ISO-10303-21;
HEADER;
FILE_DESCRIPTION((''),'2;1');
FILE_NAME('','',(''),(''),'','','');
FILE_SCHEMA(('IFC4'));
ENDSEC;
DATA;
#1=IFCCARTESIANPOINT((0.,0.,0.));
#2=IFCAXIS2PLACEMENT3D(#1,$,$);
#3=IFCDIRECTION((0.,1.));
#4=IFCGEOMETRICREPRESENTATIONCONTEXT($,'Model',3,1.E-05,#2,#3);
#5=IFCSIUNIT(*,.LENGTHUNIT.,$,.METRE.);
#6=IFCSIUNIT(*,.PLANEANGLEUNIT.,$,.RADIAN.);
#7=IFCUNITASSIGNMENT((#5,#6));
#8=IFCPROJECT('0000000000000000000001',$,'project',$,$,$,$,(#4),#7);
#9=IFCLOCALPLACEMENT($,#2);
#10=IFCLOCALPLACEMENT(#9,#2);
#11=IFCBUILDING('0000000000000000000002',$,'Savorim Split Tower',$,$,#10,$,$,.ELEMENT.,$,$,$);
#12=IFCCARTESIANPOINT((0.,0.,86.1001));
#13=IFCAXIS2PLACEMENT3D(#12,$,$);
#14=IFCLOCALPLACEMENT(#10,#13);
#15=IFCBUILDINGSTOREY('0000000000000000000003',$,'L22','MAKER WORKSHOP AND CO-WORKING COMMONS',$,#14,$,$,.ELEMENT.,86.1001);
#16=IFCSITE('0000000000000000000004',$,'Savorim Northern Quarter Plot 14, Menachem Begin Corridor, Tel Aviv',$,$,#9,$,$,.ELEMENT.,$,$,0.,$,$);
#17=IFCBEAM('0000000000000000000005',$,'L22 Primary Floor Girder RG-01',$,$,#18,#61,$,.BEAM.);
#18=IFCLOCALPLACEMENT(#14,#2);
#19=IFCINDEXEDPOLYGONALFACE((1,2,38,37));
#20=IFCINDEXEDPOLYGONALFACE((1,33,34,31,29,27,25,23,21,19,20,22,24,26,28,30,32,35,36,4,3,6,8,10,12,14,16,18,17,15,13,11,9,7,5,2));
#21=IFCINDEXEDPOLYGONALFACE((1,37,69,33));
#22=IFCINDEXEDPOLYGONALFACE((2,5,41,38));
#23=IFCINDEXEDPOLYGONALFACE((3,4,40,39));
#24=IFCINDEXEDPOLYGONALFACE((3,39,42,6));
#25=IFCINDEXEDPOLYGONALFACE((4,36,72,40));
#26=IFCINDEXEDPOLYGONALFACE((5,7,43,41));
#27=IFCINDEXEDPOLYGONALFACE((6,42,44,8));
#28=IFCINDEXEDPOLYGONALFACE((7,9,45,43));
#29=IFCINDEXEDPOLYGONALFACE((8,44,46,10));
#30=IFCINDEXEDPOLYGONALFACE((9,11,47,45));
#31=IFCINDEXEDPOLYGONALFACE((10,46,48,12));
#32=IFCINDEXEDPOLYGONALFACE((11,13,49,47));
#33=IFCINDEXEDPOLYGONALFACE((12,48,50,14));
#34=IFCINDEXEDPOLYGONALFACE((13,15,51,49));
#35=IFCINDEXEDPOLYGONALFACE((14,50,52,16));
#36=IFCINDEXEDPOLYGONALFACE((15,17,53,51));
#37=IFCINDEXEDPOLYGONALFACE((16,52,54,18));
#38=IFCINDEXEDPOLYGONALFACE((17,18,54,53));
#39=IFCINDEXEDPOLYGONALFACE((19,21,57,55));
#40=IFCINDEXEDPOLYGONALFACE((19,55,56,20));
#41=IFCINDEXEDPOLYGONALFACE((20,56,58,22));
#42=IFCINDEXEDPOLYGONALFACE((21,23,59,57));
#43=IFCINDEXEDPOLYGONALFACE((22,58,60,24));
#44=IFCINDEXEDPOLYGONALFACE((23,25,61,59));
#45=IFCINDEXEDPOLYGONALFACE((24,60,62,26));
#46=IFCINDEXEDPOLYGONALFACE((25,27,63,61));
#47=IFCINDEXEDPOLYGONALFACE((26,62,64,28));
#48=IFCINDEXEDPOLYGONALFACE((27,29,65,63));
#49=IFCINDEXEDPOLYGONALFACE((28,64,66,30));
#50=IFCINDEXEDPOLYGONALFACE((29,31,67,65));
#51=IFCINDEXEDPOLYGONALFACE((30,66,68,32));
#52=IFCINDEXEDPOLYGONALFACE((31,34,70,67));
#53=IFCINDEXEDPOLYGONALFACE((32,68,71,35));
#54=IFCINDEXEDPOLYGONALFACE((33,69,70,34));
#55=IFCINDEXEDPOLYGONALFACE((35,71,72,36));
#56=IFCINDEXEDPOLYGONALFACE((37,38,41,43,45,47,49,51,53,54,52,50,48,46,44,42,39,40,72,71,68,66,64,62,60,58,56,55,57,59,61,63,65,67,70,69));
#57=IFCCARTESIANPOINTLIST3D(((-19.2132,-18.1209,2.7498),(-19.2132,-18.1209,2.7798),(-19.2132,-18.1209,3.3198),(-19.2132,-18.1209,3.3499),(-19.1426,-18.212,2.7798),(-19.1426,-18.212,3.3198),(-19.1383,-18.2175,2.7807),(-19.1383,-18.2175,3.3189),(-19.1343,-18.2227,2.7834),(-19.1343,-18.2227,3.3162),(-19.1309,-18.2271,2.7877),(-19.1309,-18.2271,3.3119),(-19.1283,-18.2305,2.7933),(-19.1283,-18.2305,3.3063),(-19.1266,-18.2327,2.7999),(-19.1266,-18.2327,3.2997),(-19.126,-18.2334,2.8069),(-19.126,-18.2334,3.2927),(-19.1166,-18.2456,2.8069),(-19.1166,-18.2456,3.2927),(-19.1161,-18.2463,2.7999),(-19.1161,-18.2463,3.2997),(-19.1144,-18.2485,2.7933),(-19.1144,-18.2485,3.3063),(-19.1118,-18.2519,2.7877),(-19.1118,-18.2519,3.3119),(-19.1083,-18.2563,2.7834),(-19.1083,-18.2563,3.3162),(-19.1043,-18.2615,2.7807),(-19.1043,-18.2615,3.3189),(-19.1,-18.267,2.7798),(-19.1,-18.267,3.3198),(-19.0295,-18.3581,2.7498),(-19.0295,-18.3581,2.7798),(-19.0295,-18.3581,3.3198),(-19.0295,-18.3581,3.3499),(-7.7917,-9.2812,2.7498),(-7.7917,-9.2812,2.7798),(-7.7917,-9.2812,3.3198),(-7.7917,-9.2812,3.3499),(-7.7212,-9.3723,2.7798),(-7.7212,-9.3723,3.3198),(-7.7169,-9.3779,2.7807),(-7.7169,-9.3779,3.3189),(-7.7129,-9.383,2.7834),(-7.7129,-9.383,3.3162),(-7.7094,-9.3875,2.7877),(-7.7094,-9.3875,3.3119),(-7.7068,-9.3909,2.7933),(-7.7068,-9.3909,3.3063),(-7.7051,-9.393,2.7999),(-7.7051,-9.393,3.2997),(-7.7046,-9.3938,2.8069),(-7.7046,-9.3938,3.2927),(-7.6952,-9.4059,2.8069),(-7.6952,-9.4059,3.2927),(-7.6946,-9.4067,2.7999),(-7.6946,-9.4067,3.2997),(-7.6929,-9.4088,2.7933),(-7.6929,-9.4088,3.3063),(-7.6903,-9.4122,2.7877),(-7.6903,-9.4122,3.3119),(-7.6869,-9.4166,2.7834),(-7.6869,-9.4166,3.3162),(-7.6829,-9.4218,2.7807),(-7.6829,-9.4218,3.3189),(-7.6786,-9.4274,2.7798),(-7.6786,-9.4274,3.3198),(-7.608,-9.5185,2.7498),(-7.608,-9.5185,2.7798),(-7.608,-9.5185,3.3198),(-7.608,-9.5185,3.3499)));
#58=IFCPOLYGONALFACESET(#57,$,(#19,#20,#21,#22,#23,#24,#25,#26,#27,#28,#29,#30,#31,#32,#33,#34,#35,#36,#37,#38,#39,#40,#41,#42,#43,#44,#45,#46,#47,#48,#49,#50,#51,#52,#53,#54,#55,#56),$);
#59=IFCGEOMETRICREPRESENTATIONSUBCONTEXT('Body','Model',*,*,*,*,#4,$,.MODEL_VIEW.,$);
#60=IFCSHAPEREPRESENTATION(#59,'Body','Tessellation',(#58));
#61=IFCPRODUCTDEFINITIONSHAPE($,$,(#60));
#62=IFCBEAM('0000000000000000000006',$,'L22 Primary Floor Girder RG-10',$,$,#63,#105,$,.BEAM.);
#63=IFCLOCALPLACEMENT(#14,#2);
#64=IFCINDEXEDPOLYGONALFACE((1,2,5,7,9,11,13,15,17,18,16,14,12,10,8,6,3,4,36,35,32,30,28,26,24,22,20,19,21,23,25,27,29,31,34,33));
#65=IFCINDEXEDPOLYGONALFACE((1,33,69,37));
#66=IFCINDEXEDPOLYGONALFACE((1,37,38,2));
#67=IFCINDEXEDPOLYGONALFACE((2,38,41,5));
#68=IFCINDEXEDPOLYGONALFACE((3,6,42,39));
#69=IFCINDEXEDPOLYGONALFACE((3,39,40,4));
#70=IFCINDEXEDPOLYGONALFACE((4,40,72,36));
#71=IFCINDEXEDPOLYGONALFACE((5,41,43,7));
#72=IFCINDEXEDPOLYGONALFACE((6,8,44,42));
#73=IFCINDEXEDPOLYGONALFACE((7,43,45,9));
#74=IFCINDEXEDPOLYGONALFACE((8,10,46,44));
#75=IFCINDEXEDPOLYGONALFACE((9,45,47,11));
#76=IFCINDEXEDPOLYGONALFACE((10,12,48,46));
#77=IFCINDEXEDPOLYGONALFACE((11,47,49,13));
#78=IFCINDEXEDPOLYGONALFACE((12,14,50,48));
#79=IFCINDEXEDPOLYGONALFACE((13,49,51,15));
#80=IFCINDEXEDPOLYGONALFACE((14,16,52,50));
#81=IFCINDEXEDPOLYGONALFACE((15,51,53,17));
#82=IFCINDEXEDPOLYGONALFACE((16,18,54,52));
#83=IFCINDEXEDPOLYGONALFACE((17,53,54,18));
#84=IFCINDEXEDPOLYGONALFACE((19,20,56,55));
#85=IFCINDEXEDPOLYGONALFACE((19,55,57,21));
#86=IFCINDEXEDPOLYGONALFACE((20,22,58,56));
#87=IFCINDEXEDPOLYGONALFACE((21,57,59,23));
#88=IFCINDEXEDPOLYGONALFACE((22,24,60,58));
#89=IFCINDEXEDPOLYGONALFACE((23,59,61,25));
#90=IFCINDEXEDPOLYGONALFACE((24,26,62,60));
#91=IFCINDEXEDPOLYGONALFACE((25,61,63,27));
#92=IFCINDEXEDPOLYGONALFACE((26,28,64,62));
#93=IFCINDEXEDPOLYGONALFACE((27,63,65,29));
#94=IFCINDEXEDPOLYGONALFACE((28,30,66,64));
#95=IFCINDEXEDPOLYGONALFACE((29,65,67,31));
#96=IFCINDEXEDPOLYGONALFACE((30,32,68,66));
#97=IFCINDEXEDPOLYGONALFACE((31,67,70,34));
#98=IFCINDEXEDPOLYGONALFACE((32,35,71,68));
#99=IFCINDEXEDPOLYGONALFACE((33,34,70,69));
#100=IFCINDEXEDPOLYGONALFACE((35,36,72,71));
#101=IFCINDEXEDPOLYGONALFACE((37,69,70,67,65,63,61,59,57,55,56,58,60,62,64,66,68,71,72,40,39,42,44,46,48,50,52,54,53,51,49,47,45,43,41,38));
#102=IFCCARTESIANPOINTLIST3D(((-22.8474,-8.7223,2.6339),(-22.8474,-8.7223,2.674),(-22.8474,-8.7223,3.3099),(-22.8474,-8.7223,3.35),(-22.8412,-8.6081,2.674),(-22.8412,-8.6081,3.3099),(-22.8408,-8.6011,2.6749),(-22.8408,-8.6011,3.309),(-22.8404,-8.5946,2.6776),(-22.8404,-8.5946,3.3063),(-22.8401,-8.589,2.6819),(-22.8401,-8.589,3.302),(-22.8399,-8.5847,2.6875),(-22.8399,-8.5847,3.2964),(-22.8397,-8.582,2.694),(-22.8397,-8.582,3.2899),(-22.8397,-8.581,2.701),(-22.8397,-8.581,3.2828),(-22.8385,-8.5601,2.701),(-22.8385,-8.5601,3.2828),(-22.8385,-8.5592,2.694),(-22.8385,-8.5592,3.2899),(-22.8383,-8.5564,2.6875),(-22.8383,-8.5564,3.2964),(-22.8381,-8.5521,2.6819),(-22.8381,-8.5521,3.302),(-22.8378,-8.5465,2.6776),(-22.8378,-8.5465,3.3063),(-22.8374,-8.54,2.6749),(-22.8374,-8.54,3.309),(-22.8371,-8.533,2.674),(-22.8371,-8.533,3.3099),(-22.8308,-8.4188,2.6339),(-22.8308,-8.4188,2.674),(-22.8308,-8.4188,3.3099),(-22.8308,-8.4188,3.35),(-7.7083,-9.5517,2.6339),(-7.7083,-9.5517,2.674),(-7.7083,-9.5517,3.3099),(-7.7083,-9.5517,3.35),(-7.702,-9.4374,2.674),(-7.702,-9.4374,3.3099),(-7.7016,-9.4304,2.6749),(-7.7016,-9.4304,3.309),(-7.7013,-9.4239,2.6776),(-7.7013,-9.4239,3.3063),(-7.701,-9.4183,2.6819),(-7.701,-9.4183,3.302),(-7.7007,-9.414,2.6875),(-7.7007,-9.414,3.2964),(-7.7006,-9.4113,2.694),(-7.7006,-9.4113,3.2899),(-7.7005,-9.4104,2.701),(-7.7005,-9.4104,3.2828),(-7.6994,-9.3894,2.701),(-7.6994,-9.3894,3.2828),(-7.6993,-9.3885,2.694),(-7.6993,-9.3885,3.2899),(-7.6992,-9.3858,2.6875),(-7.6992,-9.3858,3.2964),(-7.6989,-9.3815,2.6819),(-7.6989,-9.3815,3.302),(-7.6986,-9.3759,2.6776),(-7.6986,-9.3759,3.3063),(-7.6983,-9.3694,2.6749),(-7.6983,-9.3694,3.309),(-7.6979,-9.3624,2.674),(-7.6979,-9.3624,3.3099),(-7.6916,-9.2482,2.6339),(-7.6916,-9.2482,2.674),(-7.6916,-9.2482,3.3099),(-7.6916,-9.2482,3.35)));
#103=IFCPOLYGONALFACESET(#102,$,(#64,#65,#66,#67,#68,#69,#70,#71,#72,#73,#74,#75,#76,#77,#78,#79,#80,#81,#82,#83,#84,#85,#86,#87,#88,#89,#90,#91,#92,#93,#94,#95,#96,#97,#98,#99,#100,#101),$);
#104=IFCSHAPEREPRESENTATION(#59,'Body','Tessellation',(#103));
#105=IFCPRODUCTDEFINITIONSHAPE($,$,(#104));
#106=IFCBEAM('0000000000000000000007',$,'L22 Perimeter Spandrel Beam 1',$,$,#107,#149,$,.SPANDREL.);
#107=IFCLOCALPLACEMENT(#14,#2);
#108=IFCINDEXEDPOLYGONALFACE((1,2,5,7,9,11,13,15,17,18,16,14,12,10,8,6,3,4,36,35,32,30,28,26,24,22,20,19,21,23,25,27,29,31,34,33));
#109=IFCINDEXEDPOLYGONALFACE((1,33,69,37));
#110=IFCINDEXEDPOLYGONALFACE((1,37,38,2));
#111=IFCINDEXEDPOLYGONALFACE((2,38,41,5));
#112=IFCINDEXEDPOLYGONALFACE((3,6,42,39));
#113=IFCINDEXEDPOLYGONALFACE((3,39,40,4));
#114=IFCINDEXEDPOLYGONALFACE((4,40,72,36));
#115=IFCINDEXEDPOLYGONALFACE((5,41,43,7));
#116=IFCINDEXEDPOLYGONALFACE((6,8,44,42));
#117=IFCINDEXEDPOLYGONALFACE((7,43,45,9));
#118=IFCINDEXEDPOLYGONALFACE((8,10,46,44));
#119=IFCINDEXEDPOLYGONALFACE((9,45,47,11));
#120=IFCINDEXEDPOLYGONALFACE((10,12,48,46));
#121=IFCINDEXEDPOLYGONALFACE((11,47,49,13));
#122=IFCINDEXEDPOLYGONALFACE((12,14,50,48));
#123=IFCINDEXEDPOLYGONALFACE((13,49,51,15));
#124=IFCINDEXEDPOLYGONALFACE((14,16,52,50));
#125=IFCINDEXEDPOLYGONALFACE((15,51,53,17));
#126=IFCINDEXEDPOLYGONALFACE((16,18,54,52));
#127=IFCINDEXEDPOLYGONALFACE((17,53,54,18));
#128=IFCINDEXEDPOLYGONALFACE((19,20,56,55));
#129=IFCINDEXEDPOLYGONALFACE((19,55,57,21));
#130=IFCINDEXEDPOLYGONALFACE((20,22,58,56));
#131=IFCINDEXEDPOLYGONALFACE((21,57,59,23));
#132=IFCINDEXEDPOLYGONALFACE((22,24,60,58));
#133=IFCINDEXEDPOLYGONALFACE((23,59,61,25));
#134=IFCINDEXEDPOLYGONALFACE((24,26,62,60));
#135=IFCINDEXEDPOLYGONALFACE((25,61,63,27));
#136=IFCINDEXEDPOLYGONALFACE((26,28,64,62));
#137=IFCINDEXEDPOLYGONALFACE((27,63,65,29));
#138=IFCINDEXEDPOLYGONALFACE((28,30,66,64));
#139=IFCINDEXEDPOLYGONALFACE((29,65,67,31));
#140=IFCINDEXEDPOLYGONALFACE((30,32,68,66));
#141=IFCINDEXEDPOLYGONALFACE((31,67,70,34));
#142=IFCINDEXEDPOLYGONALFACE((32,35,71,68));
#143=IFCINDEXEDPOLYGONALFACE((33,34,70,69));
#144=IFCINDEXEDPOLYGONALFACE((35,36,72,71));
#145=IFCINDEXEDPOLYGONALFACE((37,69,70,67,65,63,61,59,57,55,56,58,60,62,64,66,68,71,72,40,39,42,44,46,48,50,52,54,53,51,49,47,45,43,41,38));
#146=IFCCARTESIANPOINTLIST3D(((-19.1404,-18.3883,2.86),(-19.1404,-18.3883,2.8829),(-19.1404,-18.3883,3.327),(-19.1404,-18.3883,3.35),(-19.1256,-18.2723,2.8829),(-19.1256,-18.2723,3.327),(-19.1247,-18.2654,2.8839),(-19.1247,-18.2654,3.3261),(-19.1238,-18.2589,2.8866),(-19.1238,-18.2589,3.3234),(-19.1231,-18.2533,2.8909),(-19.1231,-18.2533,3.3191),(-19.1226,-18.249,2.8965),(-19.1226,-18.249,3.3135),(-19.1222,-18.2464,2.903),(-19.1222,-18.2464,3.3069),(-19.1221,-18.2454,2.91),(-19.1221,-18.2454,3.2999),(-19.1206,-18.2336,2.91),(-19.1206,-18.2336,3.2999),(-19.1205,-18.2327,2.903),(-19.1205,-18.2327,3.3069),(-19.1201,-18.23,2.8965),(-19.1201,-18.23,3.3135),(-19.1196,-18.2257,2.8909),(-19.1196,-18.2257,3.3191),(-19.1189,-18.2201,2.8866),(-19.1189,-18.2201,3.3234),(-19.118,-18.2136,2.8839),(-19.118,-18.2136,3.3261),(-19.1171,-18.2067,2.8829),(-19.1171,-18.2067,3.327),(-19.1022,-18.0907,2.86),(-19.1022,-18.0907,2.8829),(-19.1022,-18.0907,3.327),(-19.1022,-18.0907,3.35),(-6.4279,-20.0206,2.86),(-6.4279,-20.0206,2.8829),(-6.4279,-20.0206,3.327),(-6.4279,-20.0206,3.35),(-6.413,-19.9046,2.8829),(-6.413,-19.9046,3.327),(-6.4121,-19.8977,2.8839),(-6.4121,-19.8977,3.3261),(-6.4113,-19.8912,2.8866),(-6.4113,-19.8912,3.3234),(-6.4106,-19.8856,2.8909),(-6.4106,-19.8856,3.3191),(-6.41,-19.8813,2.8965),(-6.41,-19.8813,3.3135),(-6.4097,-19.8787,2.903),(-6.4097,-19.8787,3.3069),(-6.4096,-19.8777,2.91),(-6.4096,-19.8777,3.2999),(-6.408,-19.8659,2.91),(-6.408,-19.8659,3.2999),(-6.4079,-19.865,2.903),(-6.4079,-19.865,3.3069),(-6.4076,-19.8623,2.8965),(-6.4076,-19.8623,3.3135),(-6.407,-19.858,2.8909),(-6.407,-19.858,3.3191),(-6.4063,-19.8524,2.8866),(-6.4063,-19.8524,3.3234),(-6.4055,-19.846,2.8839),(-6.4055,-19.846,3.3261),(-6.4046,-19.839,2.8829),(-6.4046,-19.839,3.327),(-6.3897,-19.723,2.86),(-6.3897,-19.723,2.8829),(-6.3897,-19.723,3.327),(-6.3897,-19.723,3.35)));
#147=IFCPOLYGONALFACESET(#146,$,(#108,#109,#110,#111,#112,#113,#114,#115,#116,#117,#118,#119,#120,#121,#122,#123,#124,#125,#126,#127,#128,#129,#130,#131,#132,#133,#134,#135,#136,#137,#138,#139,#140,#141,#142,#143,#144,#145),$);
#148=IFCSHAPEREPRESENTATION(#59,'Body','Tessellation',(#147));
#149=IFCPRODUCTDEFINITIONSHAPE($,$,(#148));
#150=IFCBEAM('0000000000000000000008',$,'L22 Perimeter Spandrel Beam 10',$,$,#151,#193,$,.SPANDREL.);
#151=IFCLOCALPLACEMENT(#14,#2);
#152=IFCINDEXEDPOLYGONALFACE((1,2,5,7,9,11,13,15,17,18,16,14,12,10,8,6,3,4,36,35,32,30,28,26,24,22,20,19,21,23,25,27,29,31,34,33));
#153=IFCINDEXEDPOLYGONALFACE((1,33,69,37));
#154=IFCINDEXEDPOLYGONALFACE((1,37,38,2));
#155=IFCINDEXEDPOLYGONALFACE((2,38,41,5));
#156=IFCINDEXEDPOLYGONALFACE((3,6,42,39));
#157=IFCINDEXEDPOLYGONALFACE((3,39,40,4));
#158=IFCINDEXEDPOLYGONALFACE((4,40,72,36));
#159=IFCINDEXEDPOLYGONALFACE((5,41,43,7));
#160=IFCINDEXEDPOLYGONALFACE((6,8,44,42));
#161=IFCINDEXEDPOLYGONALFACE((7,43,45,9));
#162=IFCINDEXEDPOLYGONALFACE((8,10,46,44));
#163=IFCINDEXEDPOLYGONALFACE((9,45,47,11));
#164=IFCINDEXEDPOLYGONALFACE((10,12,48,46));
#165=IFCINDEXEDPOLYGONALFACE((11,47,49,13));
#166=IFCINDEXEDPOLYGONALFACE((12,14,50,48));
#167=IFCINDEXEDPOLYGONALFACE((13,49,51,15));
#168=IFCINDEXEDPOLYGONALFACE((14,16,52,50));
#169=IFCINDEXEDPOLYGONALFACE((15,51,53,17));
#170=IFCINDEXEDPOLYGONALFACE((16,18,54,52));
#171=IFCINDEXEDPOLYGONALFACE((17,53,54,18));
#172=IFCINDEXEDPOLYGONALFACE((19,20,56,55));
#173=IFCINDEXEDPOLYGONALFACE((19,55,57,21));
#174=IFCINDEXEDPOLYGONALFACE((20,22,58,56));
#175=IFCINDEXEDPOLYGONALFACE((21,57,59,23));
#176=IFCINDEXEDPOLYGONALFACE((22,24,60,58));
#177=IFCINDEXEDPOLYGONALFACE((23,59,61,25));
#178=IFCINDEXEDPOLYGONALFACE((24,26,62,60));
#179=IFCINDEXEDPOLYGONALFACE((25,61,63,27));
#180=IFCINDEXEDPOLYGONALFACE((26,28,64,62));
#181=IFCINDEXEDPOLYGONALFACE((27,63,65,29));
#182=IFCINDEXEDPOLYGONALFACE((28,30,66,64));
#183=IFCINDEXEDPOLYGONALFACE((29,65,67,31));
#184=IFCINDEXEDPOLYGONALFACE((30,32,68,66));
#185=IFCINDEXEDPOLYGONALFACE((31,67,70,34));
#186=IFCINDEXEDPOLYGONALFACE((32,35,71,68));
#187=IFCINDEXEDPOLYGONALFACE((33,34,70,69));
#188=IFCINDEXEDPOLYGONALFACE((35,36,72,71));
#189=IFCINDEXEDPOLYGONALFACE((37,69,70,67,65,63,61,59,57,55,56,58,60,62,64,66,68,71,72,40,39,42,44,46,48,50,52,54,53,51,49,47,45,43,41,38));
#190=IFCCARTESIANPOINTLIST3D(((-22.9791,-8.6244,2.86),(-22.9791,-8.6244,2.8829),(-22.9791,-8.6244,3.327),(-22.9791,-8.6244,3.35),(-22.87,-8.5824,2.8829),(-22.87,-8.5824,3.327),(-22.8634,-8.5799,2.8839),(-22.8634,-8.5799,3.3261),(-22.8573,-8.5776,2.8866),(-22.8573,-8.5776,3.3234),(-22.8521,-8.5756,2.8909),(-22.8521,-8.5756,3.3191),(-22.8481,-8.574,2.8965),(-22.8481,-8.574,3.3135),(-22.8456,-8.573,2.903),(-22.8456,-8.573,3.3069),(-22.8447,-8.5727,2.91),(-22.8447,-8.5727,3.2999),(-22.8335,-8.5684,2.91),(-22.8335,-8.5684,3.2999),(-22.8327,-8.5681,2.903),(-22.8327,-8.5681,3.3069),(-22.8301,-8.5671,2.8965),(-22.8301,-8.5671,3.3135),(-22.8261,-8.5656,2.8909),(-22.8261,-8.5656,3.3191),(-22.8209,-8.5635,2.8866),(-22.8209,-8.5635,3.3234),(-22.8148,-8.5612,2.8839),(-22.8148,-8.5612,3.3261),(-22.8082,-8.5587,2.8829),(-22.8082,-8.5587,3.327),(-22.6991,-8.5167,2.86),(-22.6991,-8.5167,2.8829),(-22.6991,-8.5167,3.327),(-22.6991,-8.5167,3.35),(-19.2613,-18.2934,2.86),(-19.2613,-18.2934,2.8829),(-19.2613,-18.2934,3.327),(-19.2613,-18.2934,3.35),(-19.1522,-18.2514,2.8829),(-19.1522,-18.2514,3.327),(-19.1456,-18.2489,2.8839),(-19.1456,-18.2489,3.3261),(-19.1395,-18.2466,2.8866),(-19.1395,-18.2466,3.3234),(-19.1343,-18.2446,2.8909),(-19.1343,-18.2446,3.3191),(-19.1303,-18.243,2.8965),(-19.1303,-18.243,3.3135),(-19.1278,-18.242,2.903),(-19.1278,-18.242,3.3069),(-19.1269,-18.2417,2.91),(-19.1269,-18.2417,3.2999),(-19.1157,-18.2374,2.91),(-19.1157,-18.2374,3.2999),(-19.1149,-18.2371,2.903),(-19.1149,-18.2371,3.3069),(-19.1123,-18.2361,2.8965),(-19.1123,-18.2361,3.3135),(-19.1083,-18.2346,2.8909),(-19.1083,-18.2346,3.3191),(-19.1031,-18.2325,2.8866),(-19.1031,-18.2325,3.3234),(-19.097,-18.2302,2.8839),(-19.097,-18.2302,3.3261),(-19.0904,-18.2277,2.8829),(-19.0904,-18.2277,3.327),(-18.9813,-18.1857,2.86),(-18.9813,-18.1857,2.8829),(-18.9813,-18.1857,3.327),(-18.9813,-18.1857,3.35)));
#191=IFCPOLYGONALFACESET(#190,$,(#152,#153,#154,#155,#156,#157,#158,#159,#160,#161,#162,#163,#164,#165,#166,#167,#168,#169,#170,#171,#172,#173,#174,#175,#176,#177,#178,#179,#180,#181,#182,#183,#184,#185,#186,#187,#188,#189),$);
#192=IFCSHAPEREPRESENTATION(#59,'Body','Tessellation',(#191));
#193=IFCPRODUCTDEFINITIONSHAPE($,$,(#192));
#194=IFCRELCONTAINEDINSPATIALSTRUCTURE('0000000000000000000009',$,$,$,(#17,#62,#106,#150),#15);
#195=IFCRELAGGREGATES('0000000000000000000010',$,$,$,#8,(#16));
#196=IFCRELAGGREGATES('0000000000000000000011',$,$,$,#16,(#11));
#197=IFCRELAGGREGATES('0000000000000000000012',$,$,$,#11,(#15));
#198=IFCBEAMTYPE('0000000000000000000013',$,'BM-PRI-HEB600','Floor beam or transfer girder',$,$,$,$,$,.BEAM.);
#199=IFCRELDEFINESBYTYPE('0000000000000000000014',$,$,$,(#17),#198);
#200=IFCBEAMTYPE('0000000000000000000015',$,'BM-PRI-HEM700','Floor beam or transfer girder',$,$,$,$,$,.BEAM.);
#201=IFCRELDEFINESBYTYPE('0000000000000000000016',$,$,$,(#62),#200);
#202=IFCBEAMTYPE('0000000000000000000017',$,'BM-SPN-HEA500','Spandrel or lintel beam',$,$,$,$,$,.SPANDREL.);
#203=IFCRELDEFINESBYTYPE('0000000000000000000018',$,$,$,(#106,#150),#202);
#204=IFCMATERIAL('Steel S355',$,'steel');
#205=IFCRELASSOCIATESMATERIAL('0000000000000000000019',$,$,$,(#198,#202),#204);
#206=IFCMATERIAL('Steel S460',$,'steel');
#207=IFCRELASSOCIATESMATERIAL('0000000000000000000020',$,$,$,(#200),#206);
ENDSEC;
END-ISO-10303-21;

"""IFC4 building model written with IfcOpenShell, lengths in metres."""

from ifc_helpers import new_model, si_unit, direction, frame, origin, origin_2d, place, context, subcontext, project, spatial, i_section, extrude, material, material_profile, profile_set, type_object, element, save


model = new_model("IFC4")

# Units and contexts
model_context = context("Model", 3, precision=1e-05, world=origin(), true_north=direction((0.0, 1.0)))
body_context = subcontext(model_context, "Body", "Model", "MODEL_VIEW")
ifc_project = project(units=[si_unit("LENGTHUNIT", "METRE"), si_unit("PLANEANGLEUNIT", "RADIAN")], contexts=[model_context])

# Site, building, storey
site_placement = place(None, origin())
site = spatial("IfcSite", under=ifc_project, at=site_placement, Name="Savorim Northern Quarter Plot 14, Menachem Begin Corridor, Tel Aviv", CompositionType="ELEMENT", RefElevation=0.0)
building_placement = place(site_placement, origin())
building = spatial("IfcBuilding", under=site, at=building_placement, Name="Savorim Split Tower", CompositionType="ELEMENT")
storey_placement = place(building_placement, frame((0.0, 0.0, 86.1001)))
storey = spatial("IfcBuildingStorey", under=building, at=storey_placement, Name="L22", Description="MAKER WORKSHOP AND CO-WORKING COMMONS", CompositionType="ELEMENT", Elevation=86.1001)

# Shared definitions
ifc_material_1 = material(Name="Steel S460", Category="steel")

# Beams
ifc_material_2 = material(Name="Steel S355", Category="steel")
ifc_material_profile_1 = material_profile(ifc_material_2, i_section(OverallWidth=0.3, OverallDepth=0.6001, WebThickness=0.0154, FlangeThickness=0.03, FilletRadius=0.0271, at=origin_2d()), Name="HEB 600")
ifc_profile_set_1 = profile_set([ifc_material_profile_1], Name="Steel S355")
beam_type_1 = type_object("IfcBeamType", Name="BM-PRI-HEB600", Description="Floor beam or transfer girder", PredefinedType="BEAM", material=ifc_profile_set_1)
beam_1_placement = place(storey_placement, frame((-19.1213, -18.2395, 3.0498), z_axis=(0.790816, 0.612054, 0.0), x_axis=(-0.612054, 0.790816, 0.0)))
element("IfcBeam", 1, at=beam_1_placement, inside=storey, type_object=beam_type_1, Name="L22 Primary Floor Girder RG-01", PredefinedType="BEAM", context=body_context, shape_type="SweptSolid", body=[
    extrude(i_section(OverallWidth=0.3, OverallDepth=0.6001, WebThickness=0.0154, FlangeThickness=0.03, FilletRadius=0.0271, at=origin_2d()), origin(), (0.0, 0.0, 1.0), 14.4426),
])
ifc_material_profile_2 = material_profile(ifc_material_1, i_section(OverallWidth=0.304, OverallDepth=0.7161, WebThickness=0.021, FlangeThickness=0.04, FilletRadius=0.0271, at=origin_2d()), Name="HE 700 M")
ifc_profile_set_2 = profile_set([ifc_material_profile_2], Name="Steel S460")
beam_type_2 = type_object("IfcBeamType", Name="BM-PRI-HEM700", Description="Floor beam or transfer girder", PredefinedType="BEAM", material=ifc_profile_set_2)
beam_2_placement = place(storey_placement, frame((-22.8391, -8.5706, 2.9919), z_axis=(0.998503, -0.054699, 0.0), x_axis=(0.054699, 0.998503, 0.0)))
element("IfcBeam", 2, at=beam_2_placement, inside=storey, type_object=beam_type_2, Name="L22 Primary Floor Girder RG-10", PredefinedType="BEAM", context=body_context, shape_type="SweptSolid", body=[
    extrude(i_section(OverallWidth=0.304, OverallDepth=0.7161, WebThickness=0.021, FlangeThickness=0.04, FilletRadius=0.0271, at=origin_2d()), origin(), (0.0, 0.0, 1.0), 15.1619),
])
ifc_material_profile_3 = material_profile(ifc_material_2, i_section(OverallWidth=0.3, OverallDepth=0.49, WebThickness=0.012, FlangeThickness=0.0229, FilletRadius=0.0271, at=origin_2d()), Name="HEA 500")
ifc_profile_set_3 = profile_set([ifc_material_profile_3], Name="Steel S355")
beam_type_3 = type_object("IfcBeamType", Name="BM-SPN-HEA500", Description="Spandrel or lintel beam", PredefinedType="SPANDREL", material=ifc_profile_set_3)
beam_3_placement = place(storey_placement, frame((-19.1213, -18.2395, 3.105), z_axis=(0.991857, -0.127356, 0.0), x_axis=(0.127356, 0.991857, 0.0)))
element("IfcBeam", 3, at=beam_3_placement, inside=storey, type_object=beam_type_3, Name="L22 Perimeter Spandrel Beam 1", PredefinedType="SPANDREL", context=body_context, shape_type="SweptSolid", body=[
    extrude(i_section(OverallWidth=0.3, OverallDepth=0.49, WebThickness=0.012, FlangeThickness=0.0229, FilletRadius=0.0271, at=origin_2d()), origin(), (0.0, 0.0, 1.0), 12.8169),
])
beam_4_placement = place(storey_placement, frame((-22.8391, -8.5706, 3.105), z_axis=(0.358891, -0.93338, 0.0), x_axis=(0.93338, 0.358891, 0.0)))
element("IfcBeam", 4, at=beam_4_placement, inside=storey, type_object=beam_type_3, Name="L22 Perimeter Spandrel Beam 10", PredefinedType="SPANDREL", context=body_context, shape_type="SweptSolid", body=[
    extrude(i_section(OverallWidth=0.3, OverallDepth=0.49, WebThickness=0.012, FlangeThickness=0.0229, FilletRadius=0.0271, at=origin_2d()), origin(), (0.0, 0.0, 1.0), 10.3591),
])

save(model, "model.ifc")
